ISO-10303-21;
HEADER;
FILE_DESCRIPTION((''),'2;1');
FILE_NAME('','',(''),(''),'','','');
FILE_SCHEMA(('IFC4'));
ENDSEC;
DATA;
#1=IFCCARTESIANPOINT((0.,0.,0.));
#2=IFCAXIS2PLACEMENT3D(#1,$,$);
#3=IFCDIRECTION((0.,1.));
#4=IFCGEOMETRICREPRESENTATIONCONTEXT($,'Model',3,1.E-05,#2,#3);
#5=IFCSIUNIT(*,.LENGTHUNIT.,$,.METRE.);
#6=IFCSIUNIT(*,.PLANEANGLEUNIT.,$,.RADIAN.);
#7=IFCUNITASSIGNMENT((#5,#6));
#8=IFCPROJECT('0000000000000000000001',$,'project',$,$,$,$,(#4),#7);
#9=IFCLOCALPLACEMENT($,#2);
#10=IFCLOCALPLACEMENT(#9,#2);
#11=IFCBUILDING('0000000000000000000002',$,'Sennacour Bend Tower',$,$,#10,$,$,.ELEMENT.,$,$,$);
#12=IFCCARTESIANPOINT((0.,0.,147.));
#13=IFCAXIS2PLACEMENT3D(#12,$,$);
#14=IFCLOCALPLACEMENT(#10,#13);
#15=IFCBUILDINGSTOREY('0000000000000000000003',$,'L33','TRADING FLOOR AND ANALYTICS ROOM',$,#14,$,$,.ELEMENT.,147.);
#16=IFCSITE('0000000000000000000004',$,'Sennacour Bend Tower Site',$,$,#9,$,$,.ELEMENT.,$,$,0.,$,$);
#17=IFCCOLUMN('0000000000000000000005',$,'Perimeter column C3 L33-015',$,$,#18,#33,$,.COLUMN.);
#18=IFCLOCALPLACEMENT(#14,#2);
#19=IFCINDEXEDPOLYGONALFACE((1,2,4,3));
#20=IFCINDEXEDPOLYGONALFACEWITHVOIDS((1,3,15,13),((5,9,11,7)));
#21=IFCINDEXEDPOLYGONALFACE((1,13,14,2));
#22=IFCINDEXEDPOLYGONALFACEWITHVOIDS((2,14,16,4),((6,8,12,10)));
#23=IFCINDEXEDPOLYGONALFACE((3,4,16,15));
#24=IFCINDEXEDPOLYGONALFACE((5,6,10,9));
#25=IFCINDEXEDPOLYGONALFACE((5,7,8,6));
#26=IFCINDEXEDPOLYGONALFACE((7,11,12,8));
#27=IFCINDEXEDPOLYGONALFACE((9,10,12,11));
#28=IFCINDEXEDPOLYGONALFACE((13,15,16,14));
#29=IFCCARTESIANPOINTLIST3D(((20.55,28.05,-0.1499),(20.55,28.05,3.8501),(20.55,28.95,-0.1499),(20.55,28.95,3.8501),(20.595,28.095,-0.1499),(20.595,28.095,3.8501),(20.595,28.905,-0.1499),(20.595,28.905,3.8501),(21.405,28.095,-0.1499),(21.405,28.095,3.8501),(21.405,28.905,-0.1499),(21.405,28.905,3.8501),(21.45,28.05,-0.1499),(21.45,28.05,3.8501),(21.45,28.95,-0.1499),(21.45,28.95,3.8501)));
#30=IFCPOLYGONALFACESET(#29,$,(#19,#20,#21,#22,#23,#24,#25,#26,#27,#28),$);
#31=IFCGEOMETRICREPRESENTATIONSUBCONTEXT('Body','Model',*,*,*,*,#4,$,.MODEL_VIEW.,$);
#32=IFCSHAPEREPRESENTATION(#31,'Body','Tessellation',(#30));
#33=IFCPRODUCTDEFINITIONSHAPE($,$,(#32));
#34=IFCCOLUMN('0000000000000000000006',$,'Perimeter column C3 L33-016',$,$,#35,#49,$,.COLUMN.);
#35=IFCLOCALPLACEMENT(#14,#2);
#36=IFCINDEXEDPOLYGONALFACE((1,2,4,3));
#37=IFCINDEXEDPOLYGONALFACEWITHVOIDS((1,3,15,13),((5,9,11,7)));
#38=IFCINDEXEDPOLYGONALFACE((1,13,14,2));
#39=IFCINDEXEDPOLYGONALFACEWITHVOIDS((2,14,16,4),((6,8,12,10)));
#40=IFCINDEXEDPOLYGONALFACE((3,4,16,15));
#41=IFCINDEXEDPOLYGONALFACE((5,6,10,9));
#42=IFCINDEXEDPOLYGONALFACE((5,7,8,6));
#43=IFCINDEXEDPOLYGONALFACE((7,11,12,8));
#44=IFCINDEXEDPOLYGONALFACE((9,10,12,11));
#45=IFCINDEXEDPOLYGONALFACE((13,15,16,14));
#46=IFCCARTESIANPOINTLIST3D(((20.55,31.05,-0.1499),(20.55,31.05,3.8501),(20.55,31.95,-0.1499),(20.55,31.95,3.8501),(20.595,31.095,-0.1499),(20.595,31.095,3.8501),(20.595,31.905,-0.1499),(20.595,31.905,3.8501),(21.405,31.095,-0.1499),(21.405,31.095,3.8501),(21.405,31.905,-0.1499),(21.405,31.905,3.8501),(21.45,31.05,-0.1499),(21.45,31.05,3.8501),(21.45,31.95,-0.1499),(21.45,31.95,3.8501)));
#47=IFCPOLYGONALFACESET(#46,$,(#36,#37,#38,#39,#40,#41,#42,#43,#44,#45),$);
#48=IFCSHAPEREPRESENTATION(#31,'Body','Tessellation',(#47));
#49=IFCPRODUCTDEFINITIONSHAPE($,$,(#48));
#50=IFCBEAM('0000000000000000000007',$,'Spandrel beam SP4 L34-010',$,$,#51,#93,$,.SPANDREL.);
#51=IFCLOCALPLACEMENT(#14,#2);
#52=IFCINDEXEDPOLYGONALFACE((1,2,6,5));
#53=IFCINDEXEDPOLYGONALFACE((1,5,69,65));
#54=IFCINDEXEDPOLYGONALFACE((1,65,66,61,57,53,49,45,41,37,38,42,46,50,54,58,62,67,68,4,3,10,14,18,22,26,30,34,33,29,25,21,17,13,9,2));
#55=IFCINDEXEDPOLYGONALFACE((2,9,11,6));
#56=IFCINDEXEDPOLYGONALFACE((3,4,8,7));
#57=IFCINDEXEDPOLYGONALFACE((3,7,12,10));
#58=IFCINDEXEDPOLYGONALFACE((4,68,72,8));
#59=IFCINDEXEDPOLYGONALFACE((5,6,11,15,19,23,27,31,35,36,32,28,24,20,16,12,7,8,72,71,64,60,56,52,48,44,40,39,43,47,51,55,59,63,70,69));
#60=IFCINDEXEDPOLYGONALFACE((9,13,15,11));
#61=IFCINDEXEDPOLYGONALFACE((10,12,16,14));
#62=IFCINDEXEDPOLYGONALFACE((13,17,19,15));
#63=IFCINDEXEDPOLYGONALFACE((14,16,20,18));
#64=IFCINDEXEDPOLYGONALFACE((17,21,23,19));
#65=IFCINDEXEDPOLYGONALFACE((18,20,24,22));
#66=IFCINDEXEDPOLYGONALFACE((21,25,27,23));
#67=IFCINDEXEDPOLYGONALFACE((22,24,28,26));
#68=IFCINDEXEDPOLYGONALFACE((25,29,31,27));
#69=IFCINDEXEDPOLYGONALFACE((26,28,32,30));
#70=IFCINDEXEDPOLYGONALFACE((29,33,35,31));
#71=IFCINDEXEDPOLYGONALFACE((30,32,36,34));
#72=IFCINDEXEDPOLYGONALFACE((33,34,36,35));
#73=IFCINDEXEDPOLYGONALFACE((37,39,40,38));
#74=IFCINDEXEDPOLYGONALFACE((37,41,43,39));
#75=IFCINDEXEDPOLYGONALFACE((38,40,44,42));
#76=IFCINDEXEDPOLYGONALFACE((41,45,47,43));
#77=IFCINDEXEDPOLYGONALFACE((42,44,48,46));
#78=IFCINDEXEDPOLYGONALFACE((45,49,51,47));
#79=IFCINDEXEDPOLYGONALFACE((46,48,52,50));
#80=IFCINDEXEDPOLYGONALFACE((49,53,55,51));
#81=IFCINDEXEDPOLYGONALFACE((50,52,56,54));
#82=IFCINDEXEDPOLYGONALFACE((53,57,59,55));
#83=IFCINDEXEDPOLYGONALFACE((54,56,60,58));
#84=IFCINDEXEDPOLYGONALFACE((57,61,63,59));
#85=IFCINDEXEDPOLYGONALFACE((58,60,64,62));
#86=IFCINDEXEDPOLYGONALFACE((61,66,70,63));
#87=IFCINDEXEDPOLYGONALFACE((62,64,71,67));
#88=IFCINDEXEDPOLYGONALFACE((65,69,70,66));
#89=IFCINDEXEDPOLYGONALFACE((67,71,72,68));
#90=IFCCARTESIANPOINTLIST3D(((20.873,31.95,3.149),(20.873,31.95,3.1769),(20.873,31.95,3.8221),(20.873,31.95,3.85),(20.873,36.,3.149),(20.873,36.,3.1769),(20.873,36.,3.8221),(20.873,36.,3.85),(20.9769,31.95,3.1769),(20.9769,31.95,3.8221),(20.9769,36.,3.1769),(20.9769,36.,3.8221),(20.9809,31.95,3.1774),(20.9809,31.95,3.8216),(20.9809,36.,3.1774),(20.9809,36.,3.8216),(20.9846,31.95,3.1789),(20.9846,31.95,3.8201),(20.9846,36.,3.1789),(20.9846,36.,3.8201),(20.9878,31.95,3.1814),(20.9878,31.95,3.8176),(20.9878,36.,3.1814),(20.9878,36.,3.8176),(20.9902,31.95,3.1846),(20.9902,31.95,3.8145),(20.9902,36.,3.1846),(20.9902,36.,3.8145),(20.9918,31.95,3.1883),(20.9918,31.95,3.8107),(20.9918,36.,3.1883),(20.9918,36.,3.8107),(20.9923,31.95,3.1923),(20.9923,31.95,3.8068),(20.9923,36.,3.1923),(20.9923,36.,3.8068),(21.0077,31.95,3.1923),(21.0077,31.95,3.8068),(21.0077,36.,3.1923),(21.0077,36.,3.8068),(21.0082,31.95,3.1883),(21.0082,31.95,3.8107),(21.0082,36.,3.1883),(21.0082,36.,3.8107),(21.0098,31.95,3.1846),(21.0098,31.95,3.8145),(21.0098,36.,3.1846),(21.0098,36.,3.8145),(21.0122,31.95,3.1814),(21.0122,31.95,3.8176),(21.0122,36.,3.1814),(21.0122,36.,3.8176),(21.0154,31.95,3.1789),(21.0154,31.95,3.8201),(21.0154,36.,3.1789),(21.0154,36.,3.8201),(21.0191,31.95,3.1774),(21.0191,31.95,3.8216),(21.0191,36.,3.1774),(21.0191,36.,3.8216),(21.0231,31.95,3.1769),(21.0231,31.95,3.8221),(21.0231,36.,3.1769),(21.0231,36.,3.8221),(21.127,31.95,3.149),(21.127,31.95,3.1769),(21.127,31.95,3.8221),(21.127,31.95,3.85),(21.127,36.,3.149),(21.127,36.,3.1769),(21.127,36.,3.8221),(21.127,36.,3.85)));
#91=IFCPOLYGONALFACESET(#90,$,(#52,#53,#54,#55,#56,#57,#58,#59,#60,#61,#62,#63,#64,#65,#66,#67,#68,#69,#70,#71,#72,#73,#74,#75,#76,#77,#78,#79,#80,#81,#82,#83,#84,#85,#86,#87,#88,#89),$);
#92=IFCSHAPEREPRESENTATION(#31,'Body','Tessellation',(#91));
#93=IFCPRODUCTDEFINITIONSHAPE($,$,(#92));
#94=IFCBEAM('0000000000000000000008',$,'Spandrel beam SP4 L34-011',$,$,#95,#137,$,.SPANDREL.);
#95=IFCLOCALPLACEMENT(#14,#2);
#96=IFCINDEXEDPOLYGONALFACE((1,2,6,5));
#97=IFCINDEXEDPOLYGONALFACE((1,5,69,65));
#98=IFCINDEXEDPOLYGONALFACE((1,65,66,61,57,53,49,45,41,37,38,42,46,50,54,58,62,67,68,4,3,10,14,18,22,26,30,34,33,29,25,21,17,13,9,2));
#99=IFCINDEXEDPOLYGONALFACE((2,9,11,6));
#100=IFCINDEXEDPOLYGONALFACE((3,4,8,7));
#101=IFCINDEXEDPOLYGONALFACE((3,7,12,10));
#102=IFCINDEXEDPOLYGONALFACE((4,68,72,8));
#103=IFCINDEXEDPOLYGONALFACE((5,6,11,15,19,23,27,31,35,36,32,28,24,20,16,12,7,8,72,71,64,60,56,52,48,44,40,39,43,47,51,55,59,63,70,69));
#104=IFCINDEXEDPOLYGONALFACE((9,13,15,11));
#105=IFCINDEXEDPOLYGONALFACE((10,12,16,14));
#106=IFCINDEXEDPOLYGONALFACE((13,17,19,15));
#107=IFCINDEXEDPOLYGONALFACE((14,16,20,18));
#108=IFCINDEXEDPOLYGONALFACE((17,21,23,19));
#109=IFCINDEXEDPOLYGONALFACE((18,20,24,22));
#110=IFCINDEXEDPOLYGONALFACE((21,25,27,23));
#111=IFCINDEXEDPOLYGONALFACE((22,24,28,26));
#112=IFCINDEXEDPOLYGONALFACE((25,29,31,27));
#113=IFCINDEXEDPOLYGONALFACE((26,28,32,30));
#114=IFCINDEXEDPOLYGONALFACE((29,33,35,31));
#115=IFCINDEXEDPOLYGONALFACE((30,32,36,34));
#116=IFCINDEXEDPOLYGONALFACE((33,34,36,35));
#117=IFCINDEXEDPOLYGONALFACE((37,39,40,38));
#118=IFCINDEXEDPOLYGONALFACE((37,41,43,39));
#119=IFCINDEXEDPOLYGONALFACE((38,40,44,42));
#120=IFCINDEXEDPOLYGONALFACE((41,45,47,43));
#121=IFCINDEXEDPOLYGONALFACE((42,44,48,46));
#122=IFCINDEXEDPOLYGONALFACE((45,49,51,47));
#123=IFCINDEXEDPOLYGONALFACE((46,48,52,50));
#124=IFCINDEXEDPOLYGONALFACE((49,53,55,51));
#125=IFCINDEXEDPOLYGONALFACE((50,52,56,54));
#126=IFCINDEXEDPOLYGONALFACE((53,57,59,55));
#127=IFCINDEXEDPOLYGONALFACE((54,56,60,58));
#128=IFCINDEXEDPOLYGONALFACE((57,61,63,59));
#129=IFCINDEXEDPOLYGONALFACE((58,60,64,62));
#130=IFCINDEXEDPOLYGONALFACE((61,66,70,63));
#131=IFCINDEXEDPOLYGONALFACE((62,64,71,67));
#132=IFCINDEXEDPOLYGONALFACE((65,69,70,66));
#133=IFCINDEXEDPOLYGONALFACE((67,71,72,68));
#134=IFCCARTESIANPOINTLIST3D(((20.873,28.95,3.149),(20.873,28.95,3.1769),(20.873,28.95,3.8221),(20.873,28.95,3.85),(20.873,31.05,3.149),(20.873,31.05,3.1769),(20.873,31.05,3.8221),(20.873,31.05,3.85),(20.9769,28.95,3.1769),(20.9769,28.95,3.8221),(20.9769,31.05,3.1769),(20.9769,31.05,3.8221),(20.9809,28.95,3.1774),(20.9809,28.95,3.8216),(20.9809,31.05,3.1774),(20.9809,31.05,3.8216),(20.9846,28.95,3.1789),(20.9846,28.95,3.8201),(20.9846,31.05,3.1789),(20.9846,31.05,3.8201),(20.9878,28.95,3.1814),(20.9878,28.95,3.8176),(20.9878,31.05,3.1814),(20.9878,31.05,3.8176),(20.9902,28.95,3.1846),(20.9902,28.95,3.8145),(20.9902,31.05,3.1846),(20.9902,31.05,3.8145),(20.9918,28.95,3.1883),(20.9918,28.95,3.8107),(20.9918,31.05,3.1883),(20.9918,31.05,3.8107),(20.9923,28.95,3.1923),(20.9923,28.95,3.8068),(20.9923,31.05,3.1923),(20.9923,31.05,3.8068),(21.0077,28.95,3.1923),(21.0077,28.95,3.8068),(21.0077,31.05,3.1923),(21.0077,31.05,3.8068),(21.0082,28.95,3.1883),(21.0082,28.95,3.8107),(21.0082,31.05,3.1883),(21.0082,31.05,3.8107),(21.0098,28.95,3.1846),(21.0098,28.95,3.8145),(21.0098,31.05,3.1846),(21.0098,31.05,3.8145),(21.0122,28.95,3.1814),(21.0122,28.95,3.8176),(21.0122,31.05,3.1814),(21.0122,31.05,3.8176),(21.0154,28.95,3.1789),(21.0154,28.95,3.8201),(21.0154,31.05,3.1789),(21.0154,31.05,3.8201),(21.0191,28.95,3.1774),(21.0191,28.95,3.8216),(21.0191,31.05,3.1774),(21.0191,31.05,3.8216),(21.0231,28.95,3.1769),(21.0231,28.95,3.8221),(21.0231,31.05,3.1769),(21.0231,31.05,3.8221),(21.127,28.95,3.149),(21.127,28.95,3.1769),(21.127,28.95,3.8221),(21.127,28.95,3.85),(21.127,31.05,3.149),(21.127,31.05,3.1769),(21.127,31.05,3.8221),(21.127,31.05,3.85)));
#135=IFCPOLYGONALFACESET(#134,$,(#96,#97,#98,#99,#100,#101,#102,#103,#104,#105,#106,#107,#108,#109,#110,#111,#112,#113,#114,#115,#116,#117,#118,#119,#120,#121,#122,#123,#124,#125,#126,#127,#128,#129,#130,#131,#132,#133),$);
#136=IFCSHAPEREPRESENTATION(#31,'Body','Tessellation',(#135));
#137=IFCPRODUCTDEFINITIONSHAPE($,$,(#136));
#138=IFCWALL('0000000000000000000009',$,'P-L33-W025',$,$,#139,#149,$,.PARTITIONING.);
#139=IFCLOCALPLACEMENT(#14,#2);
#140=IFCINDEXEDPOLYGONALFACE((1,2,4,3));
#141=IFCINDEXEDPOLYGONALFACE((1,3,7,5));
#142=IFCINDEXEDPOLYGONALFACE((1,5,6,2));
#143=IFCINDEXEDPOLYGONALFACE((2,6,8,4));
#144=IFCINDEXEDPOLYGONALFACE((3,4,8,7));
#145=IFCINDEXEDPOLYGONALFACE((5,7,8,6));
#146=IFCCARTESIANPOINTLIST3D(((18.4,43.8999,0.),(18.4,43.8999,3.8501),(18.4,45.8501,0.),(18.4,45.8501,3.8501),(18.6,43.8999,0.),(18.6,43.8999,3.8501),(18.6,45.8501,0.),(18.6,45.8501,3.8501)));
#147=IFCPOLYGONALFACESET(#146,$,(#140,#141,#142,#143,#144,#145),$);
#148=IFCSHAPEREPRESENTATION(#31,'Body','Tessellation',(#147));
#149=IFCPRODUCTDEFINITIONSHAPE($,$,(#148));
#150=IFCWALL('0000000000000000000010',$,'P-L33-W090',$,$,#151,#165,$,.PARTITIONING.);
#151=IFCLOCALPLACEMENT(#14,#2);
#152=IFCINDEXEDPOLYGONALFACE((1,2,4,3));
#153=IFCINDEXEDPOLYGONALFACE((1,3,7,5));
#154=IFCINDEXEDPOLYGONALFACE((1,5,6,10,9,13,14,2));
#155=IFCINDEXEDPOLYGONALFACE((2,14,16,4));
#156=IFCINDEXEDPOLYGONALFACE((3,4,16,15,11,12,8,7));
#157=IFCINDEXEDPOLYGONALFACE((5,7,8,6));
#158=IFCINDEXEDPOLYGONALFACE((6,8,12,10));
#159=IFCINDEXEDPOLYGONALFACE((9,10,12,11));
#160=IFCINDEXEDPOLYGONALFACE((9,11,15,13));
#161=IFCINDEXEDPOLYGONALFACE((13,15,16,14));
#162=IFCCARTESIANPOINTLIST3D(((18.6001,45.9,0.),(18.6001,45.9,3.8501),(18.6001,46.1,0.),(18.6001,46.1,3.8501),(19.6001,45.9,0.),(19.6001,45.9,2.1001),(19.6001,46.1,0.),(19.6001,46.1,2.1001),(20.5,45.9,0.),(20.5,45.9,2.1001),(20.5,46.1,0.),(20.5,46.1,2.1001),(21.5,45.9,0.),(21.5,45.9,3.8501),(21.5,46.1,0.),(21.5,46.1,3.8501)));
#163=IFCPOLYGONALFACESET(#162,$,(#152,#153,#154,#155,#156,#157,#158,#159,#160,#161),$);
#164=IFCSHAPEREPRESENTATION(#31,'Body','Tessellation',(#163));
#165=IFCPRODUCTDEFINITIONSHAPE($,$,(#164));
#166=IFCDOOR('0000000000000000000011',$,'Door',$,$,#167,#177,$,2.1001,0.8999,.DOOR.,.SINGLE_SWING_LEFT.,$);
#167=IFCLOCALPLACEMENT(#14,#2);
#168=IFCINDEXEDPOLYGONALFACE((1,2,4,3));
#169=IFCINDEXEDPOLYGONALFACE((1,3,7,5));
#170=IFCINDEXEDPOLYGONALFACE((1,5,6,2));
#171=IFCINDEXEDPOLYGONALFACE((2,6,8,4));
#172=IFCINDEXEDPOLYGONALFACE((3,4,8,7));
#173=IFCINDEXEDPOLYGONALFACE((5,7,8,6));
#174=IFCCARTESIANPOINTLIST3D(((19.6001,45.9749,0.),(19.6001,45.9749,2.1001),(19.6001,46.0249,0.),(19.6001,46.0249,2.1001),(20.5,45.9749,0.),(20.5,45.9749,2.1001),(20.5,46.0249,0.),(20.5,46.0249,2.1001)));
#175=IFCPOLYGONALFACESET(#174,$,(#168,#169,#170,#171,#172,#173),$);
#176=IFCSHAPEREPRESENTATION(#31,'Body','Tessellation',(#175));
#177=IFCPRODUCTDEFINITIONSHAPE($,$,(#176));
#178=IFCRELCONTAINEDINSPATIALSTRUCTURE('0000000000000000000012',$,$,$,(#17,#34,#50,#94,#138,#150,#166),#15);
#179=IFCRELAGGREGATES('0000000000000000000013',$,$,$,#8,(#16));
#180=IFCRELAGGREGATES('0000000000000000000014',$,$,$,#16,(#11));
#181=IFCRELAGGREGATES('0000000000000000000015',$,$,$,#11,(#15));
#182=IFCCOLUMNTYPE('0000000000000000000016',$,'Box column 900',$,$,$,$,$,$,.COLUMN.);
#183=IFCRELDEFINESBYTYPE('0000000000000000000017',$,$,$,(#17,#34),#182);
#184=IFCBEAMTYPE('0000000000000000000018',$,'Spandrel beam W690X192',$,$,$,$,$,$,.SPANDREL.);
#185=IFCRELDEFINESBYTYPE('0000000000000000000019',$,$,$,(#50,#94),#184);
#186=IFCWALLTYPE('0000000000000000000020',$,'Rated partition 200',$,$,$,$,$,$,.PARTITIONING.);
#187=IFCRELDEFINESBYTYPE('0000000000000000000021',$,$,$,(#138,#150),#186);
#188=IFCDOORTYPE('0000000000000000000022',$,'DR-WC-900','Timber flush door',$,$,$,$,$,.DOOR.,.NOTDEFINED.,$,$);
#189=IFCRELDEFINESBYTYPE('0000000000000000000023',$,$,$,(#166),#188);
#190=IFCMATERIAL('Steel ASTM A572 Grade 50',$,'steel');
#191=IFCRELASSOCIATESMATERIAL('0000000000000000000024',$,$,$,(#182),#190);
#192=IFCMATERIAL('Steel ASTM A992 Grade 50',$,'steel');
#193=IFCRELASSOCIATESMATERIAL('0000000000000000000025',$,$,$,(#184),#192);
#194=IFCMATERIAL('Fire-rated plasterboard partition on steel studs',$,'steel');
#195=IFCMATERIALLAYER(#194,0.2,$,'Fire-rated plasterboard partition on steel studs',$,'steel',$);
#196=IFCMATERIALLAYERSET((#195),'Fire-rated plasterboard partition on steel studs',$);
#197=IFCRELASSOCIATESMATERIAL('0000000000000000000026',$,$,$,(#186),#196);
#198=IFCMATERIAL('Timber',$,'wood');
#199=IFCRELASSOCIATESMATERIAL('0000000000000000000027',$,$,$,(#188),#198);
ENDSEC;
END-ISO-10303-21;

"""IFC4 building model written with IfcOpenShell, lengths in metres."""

from ifc_helpers import new_model, si_unit, direction, frame, frame_2d, origin, origin_2d, place, context, subcontext, project, spatial, rectangle, hollow_rectangle, i_section, extrude, material, layer, layer_set, material_profile, profile_set, type_object, element, fill, save


model = new_model("IFC4")

# Units and contexts
model_context = context("Model", 3, precision=1e-05, world=origin(), true_north=direction((0.0, 1.0)))
body_context = subcontext(model_context, "Body", "Model", "MODEL_VIEW")
ifc_project = project(units=[si_unit("LENGTHUNIT", "METRE"), si_unit("PLANEANGLEUNIT", "RADIAN")], contexts=[model_context])

# Site, building, storey
site_placement = place(None, origin())
site = spatial("IfcSite", under=ifc_project, at=site_placement, Name="Sennacour Bend Tower Site", CompositionType="ELEMENT", RefElevation=0.0)
building_placement = place(site_placement, origin())
building = spatial("IfcBuilding", under=site, at=building_placement, Name="Sennacour Bend Tower", CompositionType="ELEMENT")
storey_placement = place(building_placement, frame((0.0, 0.0, 147.0)))
storey = spatial("IfcBuildingStorey", under=building, at=storey_placement, Name="L33", Description="TRADING FLOOR AND ANALYTICS ROOM", CompositionType="ELEMENT", Elevation=147.0)

# Columns
ifc_material_1 = material(Name="Steel ASTM A572 Grade 50", Category="steel")
ifc_material_profile_1 = material_profile(ifc_material_1, hollow_rectangle(XDim=0.8999, YDim=0.8999, WallThickness=0.0449, at=origin_2d()), Name="Steel ASTM A572 Grade 50", Category="steel")
ifc_profile_set_1 = profile_set([ifc_material_profile_1], Name="Steel ASTM A572 Grade 50")
column_type = type_object("IfcColumnType", Name="Box column 900", PredefinedType="COLUMN", material=ifc_profile_set_1)
for number, where, z_axis, x_axis, name in (
    (1, (21.0, 28.5, -0.1499), (0.0, 0.0, 1.0), (1.0, 0.0, 0.0), "Perimeter column C3 L33-015"),
    (2, (21.0, 31.5, -0.1499), (0.0, 0.0, 1.0), (1.0, 0.0, 0.0), "Perimeter column C3 L33-016"),
):
    element("IfcColumn", number, at=place(storey_placement, frame(where, z_axis=z_axis, x_axis=x_axis)), inside=storey, type_object=column_type, Name=name, PredefinedType="COLUMN", context=body_context, shape_type="SweptSolid", body=[
        extrude(hollow_rectangle(XDim=0.8999, YDim=0.8999, WallThickness=0.0449, at=origin_2d()), origin(), (0.0, 0.0, 1.0), 4.0),
    ])

# Beams
ifc_material_2 = material(Name="Steel ASTM A992 Grade 50", Category="steel")
ifc_material_profile_2 = material_profile(ifc_material_2, i_section(OverallWidth=0.2539, OverallDepth=0.7009, WebThickness=0.0154, FlangeThickness=0.0278, FilletRadius=0.0154, at=origin_2d()), Name="Steel ASTM A992 Grade 50", Category="steel")
ifc_profile_set_2 = profile_set([ifc_material_profile_2], Name="Steel ASTM A992 Grade 50")
beam_type = type_object("IfcBeamType", Name="Spandrel beam W690X192", PredefinedType="SPANDREL", material=ifc_profile_set_2)
beam_1_placement = place(storey_placement, frame((21.0, 36.0, 3.4995), z_axis=(0.0, -1.0, 0.0), x_axis=(1.0, 0.0, 0.0)))
element("IfcBeam", 3, at=beam_1_placement, inside=storey, type_object=beam_type, Name="Spandrel beam SP4 L34-010", PredefinedType="SPANDREL", context=body_context, shape_type="SweptSolid", body=[
    extrude(i_section(OverallWidth=0.2539, OverallDepth=0.7009, WebThickness=0.0154, FlangeThickness=0.0278, FilletRadius=0.0154, at=origin_2d()), origin(), (0.0, 0.0, 1.0), 4.05),
])
beam_2_placement = place(storey_placement, frame((21.0, 31.05, 3.4995), z_axis=(0.0, -1.0, 0.0), x_axis=(1.0, 0.0, 0.0)))
element("IfcBeam", 4, at=beam_2_placement, inside=storey, type_object=beam_type, Name="Spandrel beam SP4 L34-011", PredefinedType="SPANDREL", context=body_context, shape_type="SweptSolid", body=[
    extrude(i_section(OverallWidth=0.2539, OverallDepth=0.7009, WebThickness=0.0154, FlangeThickness=0.0278, FilletRadius=0.0154, at=origin_2d()), origin(), (0.0, 0.0, 1.0), 2.1001),
])

# Wall
ifc_material_3 = material(Name="Fire-rated plasterboard partition on steel studs", Category="steel")
ifc_layer_1 = layer(ifc_material_3, 0.2, Name="Fire-rated plasterboard partition on steel studs", Category="steel")
ifc_layer_set_1 = layer_set([ifc_layer_1], Name="Fire-rated plasterboard partition on steel studs")
wall_type_1 = type_object("IfcWallType", Name="Rated partition 200", PredefinedType="PARTITIONING", material=ifc_layer_set_1)
wall_1_placement = place(storey_placement, frame((18.5, 43.8999, 0.0), z_axis=(0.0, 0.0, 1.0), x_axis=(0.0, 1.0, 0.0)))
element("IfcWall", 5, at=wall_1_placement, inside=storey, type_object=wall_type_1, Name="P-L33-W025", PredefinedType="PARTITIONING", context=body_context, shape_type="SweptSolid", body=[
    extrude(rectangle(XDim=1.9502, YDim=0.2, at=frame_2d((0.9751, 0.0))), origin(), (0.0, 0.0, 1.0), 3.8501),
])

# Wall, opening, door
wall_2_placement = place(storey_placement, frame((18.6001, 46.0, 0.0), z_axis=(0.0, 0.0, 1.0), x_axis=(1.0, 0.0, 0.0)))
wall_2 = element("IfcWall", 6, at=wall_2_placement, inside=storey, type_object=wall_type_1, Name="P-L33-W090", PredefinedType="PARTITIONING", context=body_context, shape_type="SweptSolid", body=[
    extrude(rectangle(XDim=2.8999, YDim=0.2, at=frame_2d((1.45, 0.0))), origin(), (0.0, 0.0, 1.0), 3.8501),
])
opening_1_placement = place(wall_2_placement, frame((1.0, 0.0, 0.0)))
opening_1 = element("IfcOpeningElement", 7, at=opening_1_placement, cuts=wall_2, PredefinedType="OPENING", context=body_context, shape_type="SweptSolid", body=[
    extrude(rectangle(XDim=0.8999, YDim=2.1001, at=frame_2d((0.45, 1.05))), frame((0.0, 0.1099, 0.0), z_axis=(0.0, -1.0, 0.0), x_axis=(1.0, 0.0, 0.0)), (0.0, 0.0, 1.0), 0.22),
])
ifc_material_4 = material(Name="Timber", Category="wood")
door_type = type_object("IfcDoorType", Name="DR-WC-900", Description="Timber flush door", OperationType="NOTDEFINED", PredefinedType="DOOR", material=ifc_material_4)
door_placement = place(opening_1_placement, origin())
door = element("IfcDoor", 8, at=door_placement, inside=storey, type_object=door_type, Name="Door", OperationType="SINGLE_SWING_LEFT", OverallHeight=2.1001, OverallWidth=0.8999, PredefinedType="DOOR", context=body_context, shape_type="SweptSolid", body=[
    extrude(rectangle(XDim=0.8999, YDim=2.1001, at=frame_2d((0.45, 1.05))), frame((0.0, 0.0249, 0.0), z_axis=(0.0, -1.0, 0.0), x_axis=(1.0, 0.0, 0.0)), (0.0, 0.0, 1.0), 0.05),
])
fill(opening_1, door)

save(model, "model.ifc")
